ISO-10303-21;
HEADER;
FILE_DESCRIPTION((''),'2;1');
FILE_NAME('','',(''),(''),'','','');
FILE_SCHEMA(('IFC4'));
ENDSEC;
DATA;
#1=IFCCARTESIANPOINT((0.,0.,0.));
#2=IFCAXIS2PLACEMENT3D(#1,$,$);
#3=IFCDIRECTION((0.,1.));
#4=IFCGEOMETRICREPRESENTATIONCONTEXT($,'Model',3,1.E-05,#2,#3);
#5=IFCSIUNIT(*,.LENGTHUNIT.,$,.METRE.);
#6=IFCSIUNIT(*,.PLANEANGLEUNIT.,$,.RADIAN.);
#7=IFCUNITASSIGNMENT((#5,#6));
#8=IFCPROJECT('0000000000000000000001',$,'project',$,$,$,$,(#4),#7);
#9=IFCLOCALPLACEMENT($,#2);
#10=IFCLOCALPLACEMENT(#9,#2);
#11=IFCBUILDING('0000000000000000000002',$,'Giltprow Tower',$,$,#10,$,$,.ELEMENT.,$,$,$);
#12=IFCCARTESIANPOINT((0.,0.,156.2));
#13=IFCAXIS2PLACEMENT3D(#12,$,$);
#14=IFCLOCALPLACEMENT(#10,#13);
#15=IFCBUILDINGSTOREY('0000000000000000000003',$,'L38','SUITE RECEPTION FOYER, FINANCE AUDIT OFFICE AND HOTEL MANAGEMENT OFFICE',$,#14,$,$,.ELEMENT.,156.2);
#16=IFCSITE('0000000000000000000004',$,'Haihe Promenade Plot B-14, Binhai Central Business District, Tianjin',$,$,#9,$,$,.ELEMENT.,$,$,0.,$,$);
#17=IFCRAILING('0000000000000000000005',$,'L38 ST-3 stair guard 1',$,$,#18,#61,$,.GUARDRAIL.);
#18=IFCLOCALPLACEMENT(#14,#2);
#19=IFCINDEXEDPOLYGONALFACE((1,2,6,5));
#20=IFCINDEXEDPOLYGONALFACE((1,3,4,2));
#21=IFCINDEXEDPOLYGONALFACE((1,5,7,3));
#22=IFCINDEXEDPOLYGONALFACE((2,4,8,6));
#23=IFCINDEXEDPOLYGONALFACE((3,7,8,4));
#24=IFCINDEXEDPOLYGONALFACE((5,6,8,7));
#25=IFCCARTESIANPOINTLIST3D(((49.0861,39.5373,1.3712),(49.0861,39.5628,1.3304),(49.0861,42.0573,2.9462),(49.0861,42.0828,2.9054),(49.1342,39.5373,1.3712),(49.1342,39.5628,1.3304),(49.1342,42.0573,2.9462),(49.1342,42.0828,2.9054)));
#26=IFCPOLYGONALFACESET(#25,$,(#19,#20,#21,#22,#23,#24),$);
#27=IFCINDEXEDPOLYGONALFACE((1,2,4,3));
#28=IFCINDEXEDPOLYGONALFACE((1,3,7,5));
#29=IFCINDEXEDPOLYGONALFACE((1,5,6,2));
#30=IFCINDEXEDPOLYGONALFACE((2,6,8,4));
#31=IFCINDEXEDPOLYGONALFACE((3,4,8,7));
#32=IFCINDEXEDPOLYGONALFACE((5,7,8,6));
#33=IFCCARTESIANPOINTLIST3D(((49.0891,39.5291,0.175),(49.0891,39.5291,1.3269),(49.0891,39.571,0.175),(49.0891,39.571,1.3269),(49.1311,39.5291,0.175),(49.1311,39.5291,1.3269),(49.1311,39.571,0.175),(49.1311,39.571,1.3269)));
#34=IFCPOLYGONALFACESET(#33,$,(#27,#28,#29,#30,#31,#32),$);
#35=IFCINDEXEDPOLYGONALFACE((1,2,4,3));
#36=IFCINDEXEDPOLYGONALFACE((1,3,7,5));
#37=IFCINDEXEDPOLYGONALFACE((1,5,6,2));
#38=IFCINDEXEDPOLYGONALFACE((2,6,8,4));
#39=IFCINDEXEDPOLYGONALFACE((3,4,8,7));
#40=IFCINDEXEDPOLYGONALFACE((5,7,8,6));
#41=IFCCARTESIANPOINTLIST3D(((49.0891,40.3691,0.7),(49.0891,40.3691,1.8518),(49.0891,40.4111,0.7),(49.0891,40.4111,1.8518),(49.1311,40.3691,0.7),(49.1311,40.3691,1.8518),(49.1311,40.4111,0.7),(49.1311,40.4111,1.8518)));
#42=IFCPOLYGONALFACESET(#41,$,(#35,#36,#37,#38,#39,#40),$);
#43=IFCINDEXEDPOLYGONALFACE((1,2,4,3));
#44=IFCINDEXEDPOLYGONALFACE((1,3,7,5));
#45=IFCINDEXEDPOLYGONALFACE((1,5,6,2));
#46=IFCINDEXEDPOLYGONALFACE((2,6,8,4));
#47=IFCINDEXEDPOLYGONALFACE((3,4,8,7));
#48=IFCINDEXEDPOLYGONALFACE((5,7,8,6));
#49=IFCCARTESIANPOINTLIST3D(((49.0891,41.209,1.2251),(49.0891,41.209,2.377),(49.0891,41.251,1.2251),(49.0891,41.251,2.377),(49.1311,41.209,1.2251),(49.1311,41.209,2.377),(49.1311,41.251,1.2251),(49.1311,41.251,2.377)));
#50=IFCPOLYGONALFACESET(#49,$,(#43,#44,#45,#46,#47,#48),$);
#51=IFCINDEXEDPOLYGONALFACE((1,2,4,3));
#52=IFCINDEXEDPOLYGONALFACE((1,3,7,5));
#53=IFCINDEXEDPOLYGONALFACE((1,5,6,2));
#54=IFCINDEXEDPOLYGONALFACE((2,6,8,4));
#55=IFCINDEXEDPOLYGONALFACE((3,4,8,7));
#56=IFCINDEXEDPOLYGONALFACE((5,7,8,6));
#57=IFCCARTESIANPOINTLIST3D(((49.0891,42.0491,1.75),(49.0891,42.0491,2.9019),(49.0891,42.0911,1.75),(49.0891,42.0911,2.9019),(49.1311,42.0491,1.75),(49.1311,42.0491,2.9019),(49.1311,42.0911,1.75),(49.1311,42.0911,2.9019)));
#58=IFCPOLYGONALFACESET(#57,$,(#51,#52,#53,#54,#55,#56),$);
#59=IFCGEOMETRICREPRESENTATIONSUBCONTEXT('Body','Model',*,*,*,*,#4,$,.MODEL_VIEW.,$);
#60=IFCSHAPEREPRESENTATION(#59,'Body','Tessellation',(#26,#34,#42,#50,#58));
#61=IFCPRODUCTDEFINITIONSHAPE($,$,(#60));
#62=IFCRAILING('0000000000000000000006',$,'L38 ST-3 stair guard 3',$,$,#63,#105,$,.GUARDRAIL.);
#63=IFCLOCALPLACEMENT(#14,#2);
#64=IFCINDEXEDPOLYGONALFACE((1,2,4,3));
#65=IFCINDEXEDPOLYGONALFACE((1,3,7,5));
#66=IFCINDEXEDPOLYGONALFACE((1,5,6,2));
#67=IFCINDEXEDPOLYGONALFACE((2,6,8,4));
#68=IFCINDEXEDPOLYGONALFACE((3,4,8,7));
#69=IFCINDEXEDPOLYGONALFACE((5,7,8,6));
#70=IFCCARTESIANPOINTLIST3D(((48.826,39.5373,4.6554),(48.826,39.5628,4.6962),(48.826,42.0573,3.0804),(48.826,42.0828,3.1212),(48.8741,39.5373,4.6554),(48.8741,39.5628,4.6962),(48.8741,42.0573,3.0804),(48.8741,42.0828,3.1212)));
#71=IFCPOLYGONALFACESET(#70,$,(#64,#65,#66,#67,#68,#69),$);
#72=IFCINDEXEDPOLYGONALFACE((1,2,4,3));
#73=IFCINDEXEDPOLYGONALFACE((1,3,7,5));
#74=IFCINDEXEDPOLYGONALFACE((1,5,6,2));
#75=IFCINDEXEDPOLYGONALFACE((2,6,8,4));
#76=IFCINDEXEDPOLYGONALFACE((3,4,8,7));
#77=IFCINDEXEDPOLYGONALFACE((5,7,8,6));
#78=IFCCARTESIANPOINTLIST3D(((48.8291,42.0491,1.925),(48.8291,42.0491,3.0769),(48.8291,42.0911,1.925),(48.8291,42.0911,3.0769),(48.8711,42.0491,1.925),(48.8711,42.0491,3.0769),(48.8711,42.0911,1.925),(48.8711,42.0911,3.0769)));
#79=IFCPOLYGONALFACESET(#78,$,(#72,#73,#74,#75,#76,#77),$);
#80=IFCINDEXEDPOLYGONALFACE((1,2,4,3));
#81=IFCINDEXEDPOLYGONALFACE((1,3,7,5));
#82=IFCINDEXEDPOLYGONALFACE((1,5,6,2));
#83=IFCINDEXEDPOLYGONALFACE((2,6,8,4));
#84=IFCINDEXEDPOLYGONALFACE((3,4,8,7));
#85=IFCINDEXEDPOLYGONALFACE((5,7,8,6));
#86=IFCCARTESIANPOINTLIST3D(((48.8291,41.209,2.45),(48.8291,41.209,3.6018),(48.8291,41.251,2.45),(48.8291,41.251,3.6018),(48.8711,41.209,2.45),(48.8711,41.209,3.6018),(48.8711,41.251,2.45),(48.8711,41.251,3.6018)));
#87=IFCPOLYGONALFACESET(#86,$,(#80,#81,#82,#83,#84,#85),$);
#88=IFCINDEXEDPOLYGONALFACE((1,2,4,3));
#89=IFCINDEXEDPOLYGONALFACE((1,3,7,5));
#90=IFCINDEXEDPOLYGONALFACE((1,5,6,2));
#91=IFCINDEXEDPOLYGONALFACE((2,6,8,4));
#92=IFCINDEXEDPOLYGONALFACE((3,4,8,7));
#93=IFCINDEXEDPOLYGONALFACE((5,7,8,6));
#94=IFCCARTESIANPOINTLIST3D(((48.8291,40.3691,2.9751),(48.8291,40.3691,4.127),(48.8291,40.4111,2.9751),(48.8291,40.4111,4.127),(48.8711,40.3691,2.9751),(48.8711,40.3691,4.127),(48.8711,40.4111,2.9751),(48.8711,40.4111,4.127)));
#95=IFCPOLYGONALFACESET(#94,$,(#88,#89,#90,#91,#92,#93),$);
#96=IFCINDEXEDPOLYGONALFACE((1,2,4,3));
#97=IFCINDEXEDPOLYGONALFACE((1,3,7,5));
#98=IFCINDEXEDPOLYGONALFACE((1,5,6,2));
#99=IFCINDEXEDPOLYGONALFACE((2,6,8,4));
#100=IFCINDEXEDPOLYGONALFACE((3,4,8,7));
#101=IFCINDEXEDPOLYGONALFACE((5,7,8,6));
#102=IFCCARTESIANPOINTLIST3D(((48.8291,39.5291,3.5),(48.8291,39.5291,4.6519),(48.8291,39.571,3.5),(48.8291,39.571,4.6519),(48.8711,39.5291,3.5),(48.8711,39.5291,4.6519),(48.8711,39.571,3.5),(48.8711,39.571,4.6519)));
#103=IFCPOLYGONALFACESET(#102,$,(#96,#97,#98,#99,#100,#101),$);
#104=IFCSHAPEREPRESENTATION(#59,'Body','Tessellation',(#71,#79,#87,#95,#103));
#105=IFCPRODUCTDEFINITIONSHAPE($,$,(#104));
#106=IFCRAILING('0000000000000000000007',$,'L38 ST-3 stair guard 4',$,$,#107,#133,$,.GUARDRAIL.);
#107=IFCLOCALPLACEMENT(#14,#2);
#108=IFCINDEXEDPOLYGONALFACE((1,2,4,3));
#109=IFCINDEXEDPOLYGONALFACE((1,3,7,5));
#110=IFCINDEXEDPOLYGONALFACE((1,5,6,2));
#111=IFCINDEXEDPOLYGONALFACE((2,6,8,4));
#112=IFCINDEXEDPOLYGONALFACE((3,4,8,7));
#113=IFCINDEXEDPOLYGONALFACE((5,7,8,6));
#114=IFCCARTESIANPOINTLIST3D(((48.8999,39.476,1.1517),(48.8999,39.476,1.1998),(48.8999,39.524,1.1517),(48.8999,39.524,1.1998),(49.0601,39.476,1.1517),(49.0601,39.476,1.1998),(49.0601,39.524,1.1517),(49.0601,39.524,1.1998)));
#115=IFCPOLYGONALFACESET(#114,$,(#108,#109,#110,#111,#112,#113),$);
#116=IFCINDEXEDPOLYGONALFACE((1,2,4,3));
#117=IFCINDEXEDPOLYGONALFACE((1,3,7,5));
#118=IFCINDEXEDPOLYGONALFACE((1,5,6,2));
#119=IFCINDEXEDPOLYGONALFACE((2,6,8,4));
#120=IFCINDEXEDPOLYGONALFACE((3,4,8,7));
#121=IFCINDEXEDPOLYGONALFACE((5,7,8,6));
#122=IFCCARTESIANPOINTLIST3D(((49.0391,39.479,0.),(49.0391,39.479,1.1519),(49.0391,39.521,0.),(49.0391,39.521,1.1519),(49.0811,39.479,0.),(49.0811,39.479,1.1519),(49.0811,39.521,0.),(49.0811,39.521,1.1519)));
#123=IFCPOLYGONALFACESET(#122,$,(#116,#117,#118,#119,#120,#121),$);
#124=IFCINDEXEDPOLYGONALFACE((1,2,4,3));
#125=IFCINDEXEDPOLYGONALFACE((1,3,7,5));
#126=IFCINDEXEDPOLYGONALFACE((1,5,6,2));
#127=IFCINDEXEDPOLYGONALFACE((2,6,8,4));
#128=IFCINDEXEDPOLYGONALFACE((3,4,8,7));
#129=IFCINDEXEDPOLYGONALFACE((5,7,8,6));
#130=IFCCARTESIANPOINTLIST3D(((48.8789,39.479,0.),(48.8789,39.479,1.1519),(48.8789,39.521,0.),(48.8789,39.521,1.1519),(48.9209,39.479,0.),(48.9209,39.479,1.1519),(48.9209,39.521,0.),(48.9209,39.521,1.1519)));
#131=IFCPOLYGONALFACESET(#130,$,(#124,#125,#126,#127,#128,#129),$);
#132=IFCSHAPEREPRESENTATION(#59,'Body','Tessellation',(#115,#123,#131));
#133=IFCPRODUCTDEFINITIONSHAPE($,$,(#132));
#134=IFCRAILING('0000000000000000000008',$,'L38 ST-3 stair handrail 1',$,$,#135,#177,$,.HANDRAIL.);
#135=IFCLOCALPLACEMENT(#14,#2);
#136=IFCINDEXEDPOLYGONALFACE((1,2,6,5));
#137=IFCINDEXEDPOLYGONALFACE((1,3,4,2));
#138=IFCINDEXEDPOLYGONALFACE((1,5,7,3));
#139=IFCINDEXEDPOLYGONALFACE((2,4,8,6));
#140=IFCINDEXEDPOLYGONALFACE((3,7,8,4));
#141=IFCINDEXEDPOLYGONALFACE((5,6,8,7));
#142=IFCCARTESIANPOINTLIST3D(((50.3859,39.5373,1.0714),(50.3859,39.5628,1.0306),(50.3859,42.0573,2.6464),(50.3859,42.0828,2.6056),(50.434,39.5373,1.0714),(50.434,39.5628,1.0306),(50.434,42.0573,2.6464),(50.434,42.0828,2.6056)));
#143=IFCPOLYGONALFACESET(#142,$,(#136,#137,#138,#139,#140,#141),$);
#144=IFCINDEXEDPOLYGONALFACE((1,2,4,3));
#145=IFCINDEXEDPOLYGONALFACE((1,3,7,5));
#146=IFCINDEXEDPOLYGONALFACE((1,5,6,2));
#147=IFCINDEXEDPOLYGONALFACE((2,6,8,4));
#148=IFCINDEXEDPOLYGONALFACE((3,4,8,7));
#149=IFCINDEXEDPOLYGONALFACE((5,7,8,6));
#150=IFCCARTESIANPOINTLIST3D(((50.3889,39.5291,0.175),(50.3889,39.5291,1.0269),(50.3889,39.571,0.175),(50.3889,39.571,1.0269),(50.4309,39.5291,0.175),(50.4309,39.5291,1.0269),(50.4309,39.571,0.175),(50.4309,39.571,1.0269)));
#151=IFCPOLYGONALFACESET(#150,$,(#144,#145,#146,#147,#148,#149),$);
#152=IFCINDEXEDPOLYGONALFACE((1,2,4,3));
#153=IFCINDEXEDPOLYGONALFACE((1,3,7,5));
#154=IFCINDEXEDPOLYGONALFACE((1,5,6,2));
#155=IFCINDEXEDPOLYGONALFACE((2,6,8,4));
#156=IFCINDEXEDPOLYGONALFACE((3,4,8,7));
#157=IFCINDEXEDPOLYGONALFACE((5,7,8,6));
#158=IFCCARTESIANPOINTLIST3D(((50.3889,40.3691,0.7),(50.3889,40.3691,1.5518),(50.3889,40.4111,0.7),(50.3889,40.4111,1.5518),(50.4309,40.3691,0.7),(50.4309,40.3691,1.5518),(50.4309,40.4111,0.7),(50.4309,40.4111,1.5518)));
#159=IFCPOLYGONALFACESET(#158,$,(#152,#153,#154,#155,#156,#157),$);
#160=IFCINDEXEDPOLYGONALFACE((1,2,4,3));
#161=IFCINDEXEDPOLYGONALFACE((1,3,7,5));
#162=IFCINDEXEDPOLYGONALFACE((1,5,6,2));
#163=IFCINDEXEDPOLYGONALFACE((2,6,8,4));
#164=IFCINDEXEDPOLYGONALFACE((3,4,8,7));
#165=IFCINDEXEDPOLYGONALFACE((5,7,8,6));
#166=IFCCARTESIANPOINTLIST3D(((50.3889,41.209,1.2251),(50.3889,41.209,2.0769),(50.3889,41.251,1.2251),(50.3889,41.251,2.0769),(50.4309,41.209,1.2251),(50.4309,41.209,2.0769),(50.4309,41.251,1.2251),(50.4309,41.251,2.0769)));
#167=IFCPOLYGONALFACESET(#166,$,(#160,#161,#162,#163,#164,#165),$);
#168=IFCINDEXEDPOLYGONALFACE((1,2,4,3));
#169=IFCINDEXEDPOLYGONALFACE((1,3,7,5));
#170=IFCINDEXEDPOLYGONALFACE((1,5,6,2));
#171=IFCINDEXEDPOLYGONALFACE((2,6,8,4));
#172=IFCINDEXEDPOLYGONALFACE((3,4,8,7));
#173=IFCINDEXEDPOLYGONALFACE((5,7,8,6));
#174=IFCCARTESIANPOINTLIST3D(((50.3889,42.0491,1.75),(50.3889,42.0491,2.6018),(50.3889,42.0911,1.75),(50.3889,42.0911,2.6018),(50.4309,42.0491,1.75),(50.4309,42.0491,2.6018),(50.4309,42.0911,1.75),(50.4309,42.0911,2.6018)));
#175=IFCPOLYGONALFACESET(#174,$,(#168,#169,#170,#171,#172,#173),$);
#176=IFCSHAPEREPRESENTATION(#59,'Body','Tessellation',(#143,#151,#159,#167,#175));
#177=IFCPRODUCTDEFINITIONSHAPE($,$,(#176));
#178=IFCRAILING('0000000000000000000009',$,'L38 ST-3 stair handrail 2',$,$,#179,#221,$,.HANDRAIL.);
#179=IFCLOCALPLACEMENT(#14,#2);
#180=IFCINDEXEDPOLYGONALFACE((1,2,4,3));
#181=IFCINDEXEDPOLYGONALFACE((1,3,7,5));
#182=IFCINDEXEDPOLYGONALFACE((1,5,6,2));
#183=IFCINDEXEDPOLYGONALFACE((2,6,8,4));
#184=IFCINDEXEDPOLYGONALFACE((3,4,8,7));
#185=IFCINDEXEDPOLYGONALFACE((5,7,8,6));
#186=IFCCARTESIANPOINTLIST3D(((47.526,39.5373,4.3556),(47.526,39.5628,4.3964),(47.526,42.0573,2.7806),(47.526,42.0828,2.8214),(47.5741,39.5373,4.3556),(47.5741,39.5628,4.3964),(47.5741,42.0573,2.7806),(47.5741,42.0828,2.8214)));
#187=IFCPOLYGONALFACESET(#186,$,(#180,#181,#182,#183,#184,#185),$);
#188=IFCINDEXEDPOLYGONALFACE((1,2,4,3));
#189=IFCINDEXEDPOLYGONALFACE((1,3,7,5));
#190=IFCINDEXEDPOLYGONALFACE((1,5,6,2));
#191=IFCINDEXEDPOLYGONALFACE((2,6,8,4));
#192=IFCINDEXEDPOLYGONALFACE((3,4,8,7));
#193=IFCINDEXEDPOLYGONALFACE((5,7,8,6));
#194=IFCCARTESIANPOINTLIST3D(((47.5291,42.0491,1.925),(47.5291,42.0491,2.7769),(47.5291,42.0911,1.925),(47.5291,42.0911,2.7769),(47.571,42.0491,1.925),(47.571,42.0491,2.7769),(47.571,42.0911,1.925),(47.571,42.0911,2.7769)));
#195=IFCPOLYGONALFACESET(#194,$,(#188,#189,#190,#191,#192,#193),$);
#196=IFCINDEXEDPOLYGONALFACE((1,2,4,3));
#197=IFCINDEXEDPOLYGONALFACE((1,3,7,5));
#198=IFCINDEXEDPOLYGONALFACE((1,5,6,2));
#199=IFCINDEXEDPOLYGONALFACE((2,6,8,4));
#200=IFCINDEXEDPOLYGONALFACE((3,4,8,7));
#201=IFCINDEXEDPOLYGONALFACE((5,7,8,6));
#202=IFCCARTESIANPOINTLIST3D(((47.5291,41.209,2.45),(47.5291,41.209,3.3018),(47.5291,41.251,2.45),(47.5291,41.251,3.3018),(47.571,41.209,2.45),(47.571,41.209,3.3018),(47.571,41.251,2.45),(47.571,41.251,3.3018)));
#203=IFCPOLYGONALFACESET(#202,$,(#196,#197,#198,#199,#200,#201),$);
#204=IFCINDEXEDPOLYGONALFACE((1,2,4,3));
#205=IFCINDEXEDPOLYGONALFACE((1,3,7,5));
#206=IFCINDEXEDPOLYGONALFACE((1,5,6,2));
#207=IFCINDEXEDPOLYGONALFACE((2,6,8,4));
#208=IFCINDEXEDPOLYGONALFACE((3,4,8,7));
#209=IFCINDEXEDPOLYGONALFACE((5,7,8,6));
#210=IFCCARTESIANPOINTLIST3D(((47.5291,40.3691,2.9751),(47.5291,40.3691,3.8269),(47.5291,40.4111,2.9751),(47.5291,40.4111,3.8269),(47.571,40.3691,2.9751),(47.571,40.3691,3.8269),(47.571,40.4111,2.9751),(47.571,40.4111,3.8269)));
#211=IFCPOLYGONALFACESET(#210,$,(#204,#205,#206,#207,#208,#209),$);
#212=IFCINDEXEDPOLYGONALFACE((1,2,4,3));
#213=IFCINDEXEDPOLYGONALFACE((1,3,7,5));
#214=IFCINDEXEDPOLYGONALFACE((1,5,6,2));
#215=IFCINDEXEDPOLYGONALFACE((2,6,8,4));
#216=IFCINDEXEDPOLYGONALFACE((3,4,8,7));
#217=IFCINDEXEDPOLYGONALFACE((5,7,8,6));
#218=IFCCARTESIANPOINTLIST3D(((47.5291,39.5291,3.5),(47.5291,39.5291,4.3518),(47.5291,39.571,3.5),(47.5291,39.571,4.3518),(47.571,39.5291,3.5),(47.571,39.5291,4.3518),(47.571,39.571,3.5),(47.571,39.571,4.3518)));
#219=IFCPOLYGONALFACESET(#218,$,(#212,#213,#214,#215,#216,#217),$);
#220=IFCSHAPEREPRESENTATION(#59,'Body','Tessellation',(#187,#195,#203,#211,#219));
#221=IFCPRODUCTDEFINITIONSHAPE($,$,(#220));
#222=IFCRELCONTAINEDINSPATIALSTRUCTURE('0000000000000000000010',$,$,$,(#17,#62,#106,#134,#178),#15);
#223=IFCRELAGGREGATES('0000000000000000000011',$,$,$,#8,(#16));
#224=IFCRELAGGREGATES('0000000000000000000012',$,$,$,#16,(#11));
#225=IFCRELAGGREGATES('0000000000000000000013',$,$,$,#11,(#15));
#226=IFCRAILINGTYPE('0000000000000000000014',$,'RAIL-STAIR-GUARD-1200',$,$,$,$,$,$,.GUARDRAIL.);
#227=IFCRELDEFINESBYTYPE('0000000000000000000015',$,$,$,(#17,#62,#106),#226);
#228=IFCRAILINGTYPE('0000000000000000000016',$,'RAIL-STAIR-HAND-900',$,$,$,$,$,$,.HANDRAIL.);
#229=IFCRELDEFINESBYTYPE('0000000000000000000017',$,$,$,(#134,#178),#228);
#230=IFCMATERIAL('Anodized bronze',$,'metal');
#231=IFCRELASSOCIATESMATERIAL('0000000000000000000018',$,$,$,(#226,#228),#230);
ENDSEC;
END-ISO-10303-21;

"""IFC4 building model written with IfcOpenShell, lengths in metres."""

from ifc_helpers import new_model, si_unit, direction, frame, origin, origin_2d, place, context, subcontext, project, spatial, rectangle, extrude, material, type_object, element, save


model = new_model("IFC4")

# Units and contexts
model_context = context("Model", 3, precision=1e-05, world=origin(), true_north=direction((0.0, 1.0)))
body_context = subcontext(model_context, "Body", "Model", "MODEL_VIEW")
ifc_project = project(units=[si_unit("LENGTHUNIT", "METRE"), si_unit("PLANEANGLEUNIT", "RADIAN")], contexts=[model_context])

# Site, building, storey
site_placement = place(None, origin())
site = spatial("IfcSite", under=ifc_project, at=site_placement, Name="Haihe Promenade Plot B-14, Binhai Central Business District, Tianjin", CompositionType="ELEMENT", RefElevation=0.0)
building_placement = place(site_placement, origin())
building = spatial("IfcBuilding", under=site, at=building_placement, Name="Giltprow Tower", CompositionType="ELEMENT")
storey_placement = place(building_placement, frame((0.0, 0.0, 156.2)))
storey = spatial("IfcBuildingStorey", under=building, at=storey_placement, Name="L38", Description="SUITE RECEPTION FOYER, FINANCE AUDIT OFFICE AND HOTEL MANAGEMENT OFFICE", CompositionType="ELEMENT", Elevation=156.2)

# Railings
ifc_material_1 = material(Name="Anodized bronze", Category="metal")
railing_type_1 = type_object("IfcRailingType", Name="RAIL-STAIR-GUARD-1200", PredefinedType="GUARDRAIL", material=ifc_material_1)
railing_1_placement = place(storey_placement, frame((49.1101, 39.55, 0.175)))
element("IfcRailing", 1, at=railing_1_placement, inside=storey, type_object=railing_type_1, Name="L38 ST-3 stair guard 1", PredefinedType="GUARDRAIL", context=body_context, shape_type="SweptSolid", body=[
    extrude(rectangle(XDim=0.0481, YDim=0.0481, at=origin_2d()), frame((0.0, 0.0, 1.1758), z_axis=(0.0, 0.848008, 0.529984), x_axis=(-1.0, 0.0, 0.0)), (0.0, 0.0, 1.0), 2.9717),
    extrude(rectangle(XDim=0.042, YDim=0.042, at=origin_2d()), origin(), (0.0, 0.0, 1.0), 1.1519),
    extrude(rectangle(XDim=0.042, YDim=0.042, at=origin_2d()), frame((0.0, 0.8401, 0.5249)), (0.0, 0.0, 1.0), 1.1519),
    extrude(rectangle(XDim=0.042, YDim=0.042, at=origin_2d()), frame((0.0, 1.6799, 1.05)), (0.0, 0.0, 1.0), 1.1519),
    extrude(rectangle(XDim=0.042, YDim=0.042, at=origin_2d()), frame((0.0, 2.52, 1.575)), (0.0, 0.0, 1.0), 1.1519),
])
railing_2_placement = place(storey_placement, frame((48.8501, 42.0701, 1.925)))
element("IfcRailing", 2, at=railing_2_placement, inside=storey, type_object=railing_type_1, Name="L38 ST-3 stair guard 3", PredefinedType="GUARDRAIL", context=body_context, shape_type="SweptSolid", body=[
    extrude(rectangle(XDim=0.0481, YDim=0.0481, at=origin_2d()), frame((0.0, 0.0, 1.1758), z_axis=(0.0, -0.848008, 0.529984), x_axis=(1.0, 0.0, 0.0)), (0.0, 0.0, 1.0), 2.9717),
    extrude(rectangle(XDim=0.042, YDim=0.042, at=origin_2d()), origin(), (0.0, 0.0, 1.0), 1.1519),
    extrude(rectangle(XDim=0.042, YDim=0.042, at=origin_2d()), frame((0.0, -0.8401, 0.5249)), (0.0, 0.0, 1.0), 1.1519),
    extrude(rectangle(XDim=0.042, YDim=0.042, at=origin_2d()), frame((0.0, -1.6799, 1.05)), (0.0, 0.0, 1.0), 1.1519),
    extrude(rectangle(XDim=0.042, YDim=0.042, at=origin_2d()), frame((0.0, -2.52, 1.575)), (0.0, 0.0, 1.0), 1.1519),
])
railing_3_placement = place(storey_placement, frame((49.0601, 39.5, 0.0)))
element("IfcRailing", 3, at=railing_3_placement, inside=storey, type_object=railing_type_1, Name="L38 ST-3 stair guard 4", PredefinedType="GUARDRAIL", context=body_context, shape_type="SweptSolid", body=[
    extrude(rectangle(XDim=0.0481, YDim=0.0481, at=origin_2d()), frame((0.0, 0.0, 1.1758), z_axis=(-1.0, 0.0, 0.0), x_axis=(0.0, -1.0, 0.0)), (0.0, 0.0, 1.0), 0.1602),
    extrude(rectangle(XDim=0.042, YDim=0.042, at=origin_2d()), origin(), (0.0, 0.0, 1.0), 1.1519),
    extrude(rectangle(XDim=0.042, YDim=0.042, at=origin_2d()), frame((-0.1602, 0.0, 0.0)), (0.0, 0.0, 1.0), 1.1519),
])
railing_type_2 = type_object("IfcRailingType", Name="RAIL-STAIR-HAND-900", PredefinedType="HANDRAIL", material=ifc_material_1)
railing_4_placement = place(storey_placement, frame((50.4099, 39.55, 0.175)))
element("IfcRailing", 4, at=railing_4_placement, inside=storey, type_object=railing_type_2, Name="L38 ST-3 stair handrail 1", PredefinedType="HANDRAIL", context=body_context, shape_type="SweptSolid", body=[
    extrude(rectangle(XDim=0.0481, YDim=0.0481, at=origin_2d()), frame((0.0, 0.0, 0.876), z_axis=(0.0, 0.848008, 0.529984), x_axis=(-1.0, 0.0, 0.0)), (0.0, 0.0, 1.0), 2.9717),
    extrude(rectangle(XDim=0.042, YDim=0.042, at=origin_2d()), origin(), (0.0, 0.0, 1.0), 0.8518),
    extrude(rectangle(XDim=0.042, YDim=0.042, at=origin_2d()), frame((0.0, 0.8401, 0.5249)), (0.0, 0.0, 1.0), 0.8518),
    extrude(rectangle(XDim=0.042, YDim=0.042, at=origin_2d()), frame((0.0, 1.6799, 1.05)), (0.0, 0.0, 1.0), 0.8518),
    extrude(rectangle(XDim=0.042, YDim=0.042, at=origin_2d()), frame((0.0, 2.52, 1.575)), (0.0, 0.0, 1.0), 0.8518),
])
railing_5_placement = place(storey_placement, frame((47.55, 42.0701, 1.925)))
element("IfcRailing", 5, at=railing_5_placement, inside=storey, type_object=railing_type_2, Name="L38 ST-3 stair handrail 2", PredefinedType="HANDRAIL", context=body_context, shape_type="SweptSolid", body=[
    extrude(rectangle(XDim=0.0481, YDim=0.0481, at=origin_2d()), frame((0.0, 0.0, 0.876), z_axis=(0.0, -0.848008, 0.529984), x_axis=(1.0, 0.0, 0.0)), (0.0, 0.0, 1.0), 2.9717),
    extrude(rectangle(XDim=0.042, YDim=0.042, at=origin_2d()), origin(), (0.0, 0.0, 1.0), 0.8518),
    extrude(rectangle(XDim=0.042, YDim=0.042, at=origin_2d()), frame((0.0, -0.8401, 0.5249)), (0.0, 0.0, 1.0), 0.8518),
    extrude(rectangle(XDim=0.042, YDim=0.042, at=origin_2d()), frame((0.0, -1.6799, 1.05)), (0.0, 0.0, 1.0), 0.8518),
    extrude(rectangle(XDim=0.042, YDim=0.042, at=origin_2d()), frame((0.0, -2.52, 1.575)), (0.0, 0.0, 1.0), 0.8518),
])

save(model, "model.ifc")
